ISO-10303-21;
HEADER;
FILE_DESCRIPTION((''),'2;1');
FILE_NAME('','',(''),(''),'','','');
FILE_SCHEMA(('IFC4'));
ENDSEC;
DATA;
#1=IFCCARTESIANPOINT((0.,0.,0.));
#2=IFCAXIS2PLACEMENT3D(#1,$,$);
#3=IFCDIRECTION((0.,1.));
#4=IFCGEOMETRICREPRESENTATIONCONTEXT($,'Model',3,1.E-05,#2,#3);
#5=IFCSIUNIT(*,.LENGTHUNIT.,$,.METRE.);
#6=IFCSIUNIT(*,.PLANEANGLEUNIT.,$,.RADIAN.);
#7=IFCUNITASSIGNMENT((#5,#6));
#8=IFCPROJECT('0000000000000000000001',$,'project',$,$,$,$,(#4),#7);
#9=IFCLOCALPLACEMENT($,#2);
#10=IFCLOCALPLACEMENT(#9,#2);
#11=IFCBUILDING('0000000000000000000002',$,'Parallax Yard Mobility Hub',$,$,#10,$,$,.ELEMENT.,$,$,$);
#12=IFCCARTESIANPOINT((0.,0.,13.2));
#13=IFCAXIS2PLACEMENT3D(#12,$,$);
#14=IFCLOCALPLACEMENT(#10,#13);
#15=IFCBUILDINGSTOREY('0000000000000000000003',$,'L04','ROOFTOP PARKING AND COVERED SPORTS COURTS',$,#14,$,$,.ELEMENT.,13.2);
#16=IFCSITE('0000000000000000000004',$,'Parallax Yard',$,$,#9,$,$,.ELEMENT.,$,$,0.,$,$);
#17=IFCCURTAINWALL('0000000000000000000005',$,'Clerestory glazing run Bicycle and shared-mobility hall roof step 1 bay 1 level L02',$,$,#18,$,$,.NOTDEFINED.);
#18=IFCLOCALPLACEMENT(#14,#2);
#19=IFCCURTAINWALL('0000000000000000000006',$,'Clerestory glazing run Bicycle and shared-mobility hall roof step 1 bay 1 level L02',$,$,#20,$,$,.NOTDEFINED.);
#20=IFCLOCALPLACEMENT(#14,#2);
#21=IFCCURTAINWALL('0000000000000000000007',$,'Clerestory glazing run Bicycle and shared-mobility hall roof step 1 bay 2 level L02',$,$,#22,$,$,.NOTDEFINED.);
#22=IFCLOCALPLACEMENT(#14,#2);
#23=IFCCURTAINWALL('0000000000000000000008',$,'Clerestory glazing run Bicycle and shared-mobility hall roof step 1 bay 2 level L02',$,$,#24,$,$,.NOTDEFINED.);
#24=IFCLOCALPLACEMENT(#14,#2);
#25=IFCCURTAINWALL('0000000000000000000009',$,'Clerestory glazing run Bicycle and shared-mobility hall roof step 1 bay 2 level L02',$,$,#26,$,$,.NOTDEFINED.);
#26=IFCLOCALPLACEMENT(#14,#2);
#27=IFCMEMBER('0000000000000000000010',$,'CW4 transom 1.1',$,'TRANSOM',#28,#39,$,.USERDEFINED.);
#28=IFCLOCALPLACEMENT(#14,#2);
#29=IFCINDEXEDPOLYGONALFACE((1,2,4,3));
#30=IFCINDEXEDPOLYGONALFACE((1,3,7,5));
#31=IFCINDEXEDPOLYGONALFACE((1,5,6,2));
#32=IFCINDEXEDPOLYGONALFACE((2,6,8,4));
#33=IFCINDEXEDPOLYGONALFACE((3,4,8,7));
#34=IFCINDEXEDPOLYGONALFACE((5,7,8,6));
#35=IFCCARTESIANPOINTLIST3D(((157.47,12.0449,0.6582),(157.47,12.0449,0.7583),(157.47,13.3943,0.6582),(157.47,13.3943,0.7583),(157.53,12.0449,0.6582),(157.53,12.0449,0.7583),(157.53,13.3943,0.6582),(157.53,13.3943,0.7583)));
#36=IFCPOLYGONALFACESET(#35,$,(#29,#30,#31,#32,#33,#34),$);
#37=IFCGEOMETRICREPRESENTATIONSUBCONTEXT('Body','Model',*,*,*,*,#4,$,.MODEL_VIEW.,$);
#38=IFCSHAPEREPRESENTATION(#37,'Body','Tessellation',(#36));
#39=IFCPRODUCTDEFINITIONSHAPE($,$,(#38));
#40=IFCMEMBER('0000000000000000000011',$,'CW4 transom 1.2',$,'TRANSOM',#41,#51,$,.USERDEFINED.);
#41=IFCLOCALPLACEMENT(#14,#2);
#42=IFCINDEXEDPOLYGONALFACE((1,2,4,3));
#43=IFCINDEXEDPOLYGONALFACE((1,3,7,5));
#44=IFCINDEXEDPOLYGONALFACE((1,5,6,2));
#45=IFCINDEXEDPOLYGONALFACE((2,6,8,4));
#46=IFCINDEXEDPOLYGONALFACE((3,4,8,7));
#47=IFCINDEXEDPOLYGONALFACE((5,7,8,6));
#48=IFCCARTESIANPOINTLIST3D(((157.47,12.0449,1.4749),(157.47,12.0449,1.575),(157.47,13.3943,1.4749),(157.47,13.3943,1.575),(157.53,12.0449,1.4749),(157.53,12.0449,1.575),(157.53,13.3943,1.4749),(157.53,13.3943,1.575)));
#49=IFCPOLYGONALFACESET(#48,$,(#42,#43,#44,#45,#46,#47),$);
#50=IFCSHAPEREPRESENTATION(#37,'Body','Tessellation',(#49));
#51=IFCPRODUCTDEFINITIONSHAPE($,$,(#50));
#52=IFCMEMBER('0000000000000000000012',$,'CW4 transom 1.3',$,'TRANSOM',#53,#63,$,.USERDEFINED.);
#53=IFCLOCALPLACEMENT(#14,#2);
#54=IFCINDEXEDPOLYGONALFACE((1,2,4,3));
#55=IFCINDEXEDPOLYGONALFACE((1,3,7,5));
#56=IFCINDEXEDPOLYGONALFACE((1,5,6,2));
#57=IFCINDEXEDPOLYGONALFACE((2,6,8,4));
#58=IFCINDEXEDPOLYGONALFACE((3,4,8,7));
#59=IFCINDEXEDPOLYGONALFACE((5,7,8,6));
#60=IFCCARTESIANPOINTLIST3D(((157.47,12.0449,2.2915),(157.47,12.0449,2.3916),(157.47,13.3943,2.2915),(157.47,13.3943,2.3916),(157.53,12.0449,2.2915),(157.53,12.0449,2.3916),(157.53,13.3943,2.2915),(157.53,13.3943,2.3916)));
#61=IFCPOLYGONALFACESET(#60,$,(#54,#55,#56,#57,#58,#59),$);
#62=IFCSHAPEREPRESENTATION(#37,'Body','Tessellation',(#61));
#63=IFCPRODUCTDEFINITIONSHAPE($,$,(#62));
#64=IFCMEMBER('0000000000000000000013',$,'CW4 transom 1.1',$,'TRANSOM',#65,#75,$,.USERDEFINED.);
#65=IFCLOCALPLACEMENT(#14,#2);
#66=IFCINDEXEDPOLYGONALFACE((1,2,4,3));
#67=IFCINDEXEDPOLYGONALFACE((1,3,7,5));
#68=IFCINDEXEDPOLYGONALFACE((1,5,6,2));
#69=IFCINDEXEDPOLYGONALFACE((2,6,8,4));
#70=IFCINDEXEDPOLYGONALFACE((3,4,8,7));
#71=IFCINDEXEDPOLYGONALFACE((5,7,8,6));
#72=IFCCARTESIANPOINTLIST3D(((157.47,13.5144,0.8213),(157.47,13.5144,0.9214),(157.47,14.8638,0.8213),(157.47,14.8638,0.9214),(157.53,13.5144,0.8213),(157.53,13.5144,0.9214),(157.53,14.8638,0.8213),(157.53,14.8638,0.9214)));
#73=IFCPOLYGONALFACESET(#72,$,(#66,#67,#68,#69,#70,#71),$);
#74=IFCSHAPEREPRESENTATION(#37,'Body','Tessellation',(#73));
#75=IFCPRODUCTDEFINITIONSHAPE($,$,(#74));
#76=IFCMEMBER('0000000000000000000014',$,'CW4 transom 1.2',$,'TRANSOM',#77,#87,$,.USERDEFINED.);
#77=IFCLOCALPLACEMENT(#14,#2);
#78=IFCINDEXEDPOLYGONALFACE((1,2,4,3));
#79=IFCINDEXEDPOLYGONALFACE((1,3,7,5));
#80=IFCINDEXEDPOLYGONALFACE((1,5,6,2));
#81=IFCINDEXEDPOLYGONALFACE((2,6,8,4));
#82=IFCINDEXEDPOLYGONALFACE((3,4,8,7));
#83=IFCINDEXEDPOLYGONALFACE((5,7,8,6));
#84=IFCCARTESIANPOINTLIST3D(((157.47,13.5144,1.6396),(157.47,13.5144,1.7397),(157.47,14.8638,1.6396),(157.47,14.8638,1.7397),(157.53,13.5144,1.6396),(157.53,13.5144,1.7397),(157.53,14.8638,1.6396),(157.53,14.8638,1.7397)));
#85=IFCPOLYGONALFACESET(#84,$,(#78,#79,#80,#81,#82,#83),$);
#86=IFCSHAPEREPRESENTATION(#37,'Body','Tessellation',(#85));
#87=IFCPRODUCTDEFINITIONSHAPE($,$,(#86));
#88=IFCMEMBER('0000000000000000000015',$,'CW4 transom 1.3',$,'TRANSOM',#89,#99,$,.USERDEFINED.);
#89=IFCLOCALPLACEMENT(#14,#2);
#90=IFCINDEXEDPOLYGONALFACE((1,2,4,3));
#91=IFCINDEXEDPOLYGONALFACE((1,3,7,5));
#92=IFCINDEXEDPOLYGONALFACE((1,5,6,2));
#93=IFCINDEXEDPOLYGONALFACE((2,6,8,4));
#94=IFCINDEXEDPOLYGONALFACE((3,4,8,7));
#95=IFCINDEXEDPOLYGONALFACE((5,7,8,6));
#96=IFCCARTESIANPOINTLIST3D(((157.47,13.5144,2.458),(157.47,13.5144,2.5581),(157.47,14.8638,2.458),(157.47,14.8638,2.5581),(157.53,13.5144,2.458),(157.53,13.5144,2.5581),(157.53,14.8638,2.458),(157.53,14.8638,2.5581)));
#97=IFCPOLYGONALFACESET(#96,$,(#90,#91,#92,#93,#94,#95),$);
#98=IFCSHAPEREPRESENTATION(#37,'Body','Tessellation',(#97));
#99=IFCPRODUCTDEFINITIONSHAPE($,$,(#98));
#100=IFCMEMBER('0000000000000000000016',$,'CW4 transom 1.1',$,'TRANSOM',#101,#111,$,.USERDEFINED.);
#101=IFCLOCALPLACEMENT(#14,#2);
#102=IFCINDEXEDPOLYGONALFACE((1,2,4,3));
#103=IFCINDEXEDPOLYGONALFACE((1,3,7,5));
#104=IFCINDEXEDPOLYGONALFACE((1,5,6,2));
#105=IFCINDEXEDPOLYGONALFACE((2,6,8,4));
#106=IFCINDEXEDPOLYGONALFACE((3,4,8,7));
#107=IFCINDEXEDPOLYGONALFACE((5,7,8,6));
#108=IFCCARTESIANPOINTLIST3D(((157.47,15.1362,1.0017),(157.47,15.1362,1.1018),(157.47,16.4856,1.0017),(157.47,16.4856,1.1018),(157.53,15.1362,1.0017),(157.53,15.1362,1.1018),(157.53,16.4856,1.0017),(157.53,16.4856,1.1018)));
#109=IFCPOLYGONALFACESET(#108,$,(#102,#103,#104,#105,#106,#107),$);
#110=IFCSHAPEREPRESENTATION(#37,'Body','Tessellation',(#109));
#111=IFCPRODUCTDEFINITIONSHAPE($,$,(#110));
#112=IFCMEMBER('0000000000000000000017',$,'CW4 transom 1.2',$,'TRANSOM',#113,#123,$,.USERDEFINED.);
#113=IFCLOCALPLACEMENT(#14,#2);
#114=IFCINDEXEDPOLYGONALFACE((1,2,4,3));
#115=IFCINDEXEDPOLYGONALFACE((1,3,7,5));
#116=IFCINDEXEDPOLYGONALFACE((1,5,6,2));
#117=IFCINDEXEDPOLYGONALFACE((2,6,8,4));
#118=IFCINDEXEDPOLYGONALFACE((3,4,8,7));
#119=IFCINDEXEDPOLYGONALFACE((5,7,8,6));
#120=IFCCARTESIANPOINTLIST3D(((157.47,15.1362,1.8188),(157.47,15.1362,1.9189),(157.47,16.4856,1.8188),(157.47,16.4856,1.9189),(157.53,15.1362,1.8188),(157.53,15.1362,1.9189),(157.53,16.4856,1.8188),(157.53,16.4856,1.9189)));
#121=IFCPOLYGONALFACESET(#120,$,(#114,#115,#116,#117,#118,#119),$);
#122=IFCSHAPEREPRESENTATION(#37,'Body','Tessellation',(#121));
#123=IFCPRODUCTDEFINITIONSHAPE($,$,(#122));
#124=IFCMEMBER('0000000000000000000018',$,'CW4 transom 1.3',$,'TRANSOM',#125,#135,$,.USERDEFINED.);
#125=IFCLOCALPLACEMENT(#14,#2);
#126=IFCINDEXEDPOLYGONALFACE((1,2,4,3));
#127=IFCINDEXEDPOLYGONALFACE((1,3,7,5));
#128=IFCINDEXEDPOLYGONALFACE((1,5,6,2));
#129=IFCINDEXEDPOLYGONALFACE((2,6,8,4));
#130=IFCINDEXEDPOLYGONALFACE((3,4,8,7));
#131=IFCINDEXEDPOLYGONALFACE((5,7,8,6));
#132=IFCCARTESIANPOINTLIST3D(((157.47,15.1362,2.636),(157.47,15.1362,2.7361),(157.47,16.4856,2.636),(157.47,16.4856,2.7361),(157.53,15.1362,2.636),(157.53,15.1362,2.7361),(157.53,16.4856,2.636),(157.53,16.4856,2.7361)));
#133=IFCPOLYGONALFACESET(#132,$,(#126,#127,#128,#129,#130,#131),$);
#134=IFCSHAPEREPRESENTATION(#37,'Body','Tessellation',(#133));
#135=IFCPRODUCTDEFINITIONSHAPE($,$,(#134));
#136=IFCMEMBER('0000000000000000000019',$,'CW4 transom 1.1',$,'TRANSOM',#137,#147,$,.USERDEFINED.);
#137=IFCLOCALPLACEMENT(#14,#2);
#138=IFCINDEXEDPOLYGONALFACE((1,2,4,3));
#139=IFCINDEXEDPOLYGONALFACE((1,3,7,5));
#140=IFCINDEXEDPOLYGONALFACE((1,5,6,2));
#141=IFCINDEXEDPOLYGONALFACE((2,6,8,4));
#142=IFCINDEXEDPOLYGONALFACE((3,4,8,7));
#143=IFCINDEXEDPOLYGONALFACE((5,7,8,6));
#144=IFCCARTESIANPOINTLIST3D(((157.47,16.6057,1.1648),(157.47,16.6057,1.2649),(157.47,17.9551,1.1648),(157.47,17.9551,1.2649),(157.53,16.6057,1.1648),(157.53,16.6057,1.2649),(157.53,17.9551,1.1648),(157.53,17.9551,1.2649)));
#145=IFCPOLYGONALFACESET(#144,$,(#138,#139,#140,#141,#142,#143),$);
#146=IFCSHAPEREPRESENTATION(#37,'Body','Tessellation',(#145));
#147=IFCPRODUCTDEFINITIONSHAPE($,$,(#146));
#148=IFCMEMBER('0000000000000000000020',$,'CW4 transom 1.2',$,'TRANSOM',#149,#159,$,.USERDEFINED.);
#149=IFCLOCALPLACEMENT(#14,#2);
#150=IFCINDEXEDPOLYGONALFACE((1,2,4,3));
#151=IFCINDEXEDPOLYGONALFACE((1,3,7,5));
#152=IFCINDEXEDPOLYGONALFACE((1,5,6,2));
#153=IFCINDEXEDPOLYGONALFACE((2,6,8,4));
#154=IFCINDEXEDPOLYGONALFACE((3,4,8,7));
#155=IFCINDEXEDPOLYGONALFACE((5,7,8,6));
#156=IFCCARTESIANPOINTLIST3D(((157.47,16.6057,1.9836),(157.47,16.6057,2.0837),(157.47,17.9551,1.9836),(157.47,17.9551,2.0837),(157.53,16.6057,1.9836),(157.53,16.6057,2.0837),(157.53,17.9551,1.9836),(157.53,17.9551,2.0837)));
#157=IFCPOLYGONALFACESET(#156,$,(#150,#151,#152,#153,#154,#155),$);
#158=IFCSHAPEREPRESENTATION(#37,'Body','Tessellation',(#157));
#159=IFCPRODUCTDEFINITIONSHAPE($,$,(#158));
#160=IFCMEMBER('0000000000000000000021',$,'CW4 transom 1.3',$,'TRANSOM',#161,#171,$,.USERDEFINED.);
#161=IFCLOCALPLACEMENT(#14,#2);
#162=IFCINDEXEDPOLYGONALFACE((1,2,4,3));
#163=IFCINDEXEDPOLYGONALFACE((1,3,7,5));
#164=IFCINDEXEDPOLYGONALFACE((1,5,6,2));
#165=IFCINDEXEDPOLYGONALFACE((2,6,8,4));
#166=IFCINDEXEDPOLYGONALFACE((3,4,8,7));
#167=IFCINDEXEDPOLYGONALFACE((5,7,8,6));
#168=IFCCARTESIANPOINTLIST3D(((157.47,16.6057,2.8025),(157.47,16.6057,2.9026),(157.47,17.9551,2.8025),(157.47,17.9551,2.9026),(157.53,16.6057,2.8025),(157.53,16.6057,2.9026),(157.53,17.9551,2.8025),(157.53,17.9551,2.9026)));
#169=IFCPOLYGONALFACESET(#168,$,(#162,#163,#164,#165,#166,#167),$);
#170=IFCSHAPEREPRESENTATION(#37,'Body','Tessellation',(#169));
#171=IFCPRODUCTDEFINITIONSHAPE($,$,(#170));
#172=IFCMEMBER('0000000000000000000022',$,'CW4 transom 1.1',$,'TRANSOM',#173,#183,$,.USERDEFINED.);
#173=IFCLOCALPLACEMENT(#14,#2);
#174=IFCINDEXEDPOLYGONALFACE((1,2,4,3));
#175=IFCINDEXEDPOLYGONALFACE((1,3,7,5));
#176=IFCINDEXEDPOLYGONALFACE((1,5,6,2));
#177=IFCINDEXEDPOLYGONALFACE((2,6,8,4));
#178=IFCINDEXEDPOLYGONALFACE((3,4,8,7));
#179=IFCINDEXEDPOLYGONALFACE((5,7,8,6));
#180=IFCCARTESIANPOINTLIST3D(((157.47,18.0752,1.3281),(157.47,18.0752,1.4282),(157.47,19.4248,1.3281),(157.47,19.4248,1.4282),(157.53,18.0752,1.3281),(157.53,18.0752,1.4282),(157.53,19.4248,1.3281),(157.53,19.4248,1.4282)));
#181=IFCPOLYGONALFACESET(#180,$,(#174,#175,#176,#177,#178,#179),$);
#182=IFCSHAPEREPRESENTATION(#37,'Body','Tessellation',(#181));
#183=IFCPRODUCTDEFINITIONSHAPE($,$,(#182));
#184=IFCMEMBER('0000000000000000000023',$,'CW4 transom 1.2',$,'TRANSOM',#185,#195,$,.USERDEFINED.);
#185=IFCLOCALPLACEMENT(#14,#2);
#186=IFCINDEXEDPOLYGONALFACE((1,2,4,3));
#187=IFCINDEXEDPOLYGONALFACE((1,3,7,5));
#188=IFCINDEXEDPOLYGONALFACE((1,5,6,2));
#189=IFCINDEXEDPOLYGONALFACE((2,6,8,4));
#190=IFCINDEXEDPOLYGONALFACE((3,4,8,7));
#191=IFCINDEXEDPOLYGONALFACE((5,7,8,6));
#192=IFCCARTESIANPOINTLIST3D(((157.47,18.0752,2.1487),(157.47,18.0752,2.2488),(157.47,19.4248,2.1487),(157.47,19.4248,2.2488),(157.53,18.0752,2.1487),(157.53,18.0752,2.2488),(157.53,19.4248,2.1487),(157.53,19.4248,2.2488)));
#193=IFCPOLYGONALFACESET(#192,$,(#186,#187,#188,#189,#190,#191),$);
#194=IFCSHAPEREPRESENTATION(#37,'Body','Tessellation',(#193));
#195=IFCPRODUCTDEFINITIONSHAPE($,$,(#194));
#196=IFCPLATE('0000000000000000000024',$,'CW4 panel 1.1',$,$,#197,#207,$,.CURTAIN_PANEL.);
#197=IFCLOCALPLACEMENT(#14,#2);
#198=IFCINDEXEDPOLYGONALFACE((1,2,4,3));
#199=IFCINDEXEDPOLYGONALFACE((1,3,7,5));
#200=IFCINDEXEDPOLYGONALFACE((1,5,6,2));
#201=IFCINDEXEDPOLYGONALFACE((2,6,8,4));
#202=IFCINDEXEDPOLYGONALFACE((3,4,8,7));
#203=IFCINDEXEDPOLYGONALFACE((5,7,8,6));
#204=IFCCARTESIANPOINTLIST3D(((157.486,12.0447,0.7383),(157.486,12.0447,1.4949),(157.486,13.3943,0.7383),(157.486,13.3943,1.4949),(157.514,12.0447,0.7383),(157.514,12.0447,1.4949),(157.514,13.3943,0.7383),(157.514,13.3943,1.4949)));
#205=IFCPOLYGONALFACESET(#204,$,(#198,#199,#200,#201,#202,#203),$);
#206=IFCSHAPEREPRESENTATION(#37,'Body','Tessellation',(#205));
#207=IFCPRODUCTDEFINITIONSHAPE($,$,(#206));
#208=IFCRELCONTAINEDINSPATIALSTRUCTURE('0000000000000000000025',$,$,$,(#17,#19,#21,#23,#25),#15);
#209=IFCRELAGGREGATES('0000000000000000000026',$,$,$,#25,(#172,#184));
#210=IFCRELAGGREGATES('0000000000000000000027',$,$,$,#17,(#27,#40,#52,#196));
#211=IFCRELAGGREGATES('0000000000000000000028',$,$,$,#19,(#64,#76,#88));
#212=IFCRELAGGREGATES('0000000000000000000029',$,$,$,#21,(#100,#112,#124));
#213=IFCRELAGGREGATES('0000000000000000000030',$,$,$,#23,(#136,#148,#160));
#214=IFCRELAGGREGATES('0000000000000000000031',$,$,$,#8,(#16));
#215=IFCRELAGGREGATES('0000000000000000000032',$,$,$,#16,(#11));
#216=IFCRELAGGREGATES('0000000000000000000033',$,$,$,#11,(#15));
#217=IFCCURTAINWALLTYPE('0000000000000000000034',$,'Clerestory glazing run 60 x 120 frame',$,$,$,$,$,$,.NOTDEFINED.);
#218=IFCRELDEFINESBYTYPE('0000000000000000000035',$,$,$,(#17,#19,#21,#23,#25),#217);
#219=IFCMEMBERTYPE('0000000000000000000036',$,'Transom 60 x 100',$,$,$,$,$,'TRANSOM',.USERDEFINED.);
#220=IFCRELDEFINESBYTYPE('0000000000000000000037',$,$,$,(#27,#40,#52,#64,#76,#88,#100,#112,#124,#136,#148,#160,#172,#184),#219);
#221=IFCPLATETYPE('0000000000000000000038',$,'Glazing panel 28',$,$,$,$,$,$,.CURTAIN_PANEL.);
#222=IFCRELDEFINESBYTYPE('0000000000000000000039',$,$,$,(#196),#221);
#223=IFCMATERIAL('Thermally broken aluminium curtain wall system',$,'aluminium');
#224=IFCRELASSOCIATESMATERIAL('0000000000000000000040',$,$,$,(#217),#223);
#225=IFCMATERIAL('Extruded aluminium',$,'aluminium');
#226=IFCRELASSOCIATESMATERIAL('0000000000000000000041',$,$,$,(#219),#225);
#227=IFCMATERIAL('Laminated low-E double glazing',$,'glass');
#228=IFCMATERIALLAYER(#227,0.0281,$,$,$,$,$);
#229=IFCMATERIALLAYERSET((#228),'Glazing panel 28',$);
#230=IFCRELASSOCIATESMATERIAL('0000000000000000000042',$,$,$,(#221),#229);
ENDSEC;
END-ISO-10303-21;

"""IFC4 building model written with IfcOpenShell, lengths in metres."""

from ifc_helpers import new_model, si_unit, direction, frame, origin, origin_2d, place, context, subcontext, project, spatial, rectangle, extrude, material, layer, layer_set, material_profile, profile_set, type_object, element, aggregate, save


model = new_model("IFC4")

# Units and contexts
model_context = context("Model", 3, precision=1e-05, world=origin(), true_north=direction((0.0, 1.0)))
body_context = subcontext(model_context, "Body", "Model", "MODEL_VIEW")
ifc_project = project(units=[si_unit("LENGTHUNIT", "METRE"), si_unit("PLANEANGLEUNIT", "RADIAN")], contexts=[model_context])

# Site, building, storey
site_placement = place(None, origin())
site = spatial("IfcSite", under=ifc_project, at=site_placement, Name="Parallax Yard", CompositionType="ELEMENT", RefElevation=0.0)
building_placement = place(site_placement, origin())
building = spatial("IfcBuilding", under=site, at=building_placement, Name="Parallax Yard Mobility Hub", CompositionType="ELEMENT")
storey_placement = place(building_placement, frame((0.0, 0.0, 13.2)))
storey = spatial("IfcBuildingStorey", under=building, at=storey_placement, Name="L04", Description="ROOFTOP PARKING AND COVERED SPORTS COURTS", CompositionType="ELEMENT", Elevation=13.2)

# Curtain wall
ifc_material_1 = material(Name="Thermally broken aluminium curtain wall system", Category="aluminium")
curtain_wall_type = type_object("IfcCurtainWallType", Name="Clerestory glazing run 60 x 120 frame", PredefinedType="NOTDEFINED", material=ifc_material_1)
curtain_wall_1_placement = place(storey_placement, origin())
curtain_wall_1 = element("IfcCurtainWall", 1, at=curtain_wall_1_placement, inside=storey, type_object=curtain_wall_type, Name="Clerestory glazing run Bicycle and shared-mobility hall roof step 1 bay 1 level L02", PredefinedType="NOTDEFINED")
ifc_material_2 = material(Name="Extruded aluminium", Category="aluminium")

# Curtain walls
curtain_wall_2_placement = place(storey_placement, origin())
curtain_wall_2 = element("IfcCurtainWall", 2, at=curtain_wall_2_placement, inside=storey, type_object=curtain_wall_type, Name="Clerestory glazing run Bicycle and shared-mobility hall roof step 1 bay 1 level L02", PredefinedType="NOTDEFINED")
curtain_wall_3_placement = place(storey_placement, origin())
curtain_wall_3 = element("IfcCurtainWall", 3, at=curtain_wall_3_placement, inside=storey, type_object=curtain_wall_type, Name="Clerestory glazing run Bicycle and shared-mobility hall roof step 1 bay 2 level L02", PredefinedType="NOTDEFINED")

# Curtain wall
curtain_wall_4_placement = place(storey_placement, origin())
curtain_wall_4 = element("IfcCurtainWall", 4, at=curtain_wall_4_placement, inside=storey, type_object=curtain_wall_type, Name="Clerestory glazing run Bicycle and shared-mobility hall roof step 1 bay 2 level L02", PredefinedType="NOTDEFINED")

# Curtain wall
curtain_wall_5_placement = place(storey_placement, origin())
curtain_wall_5 = element("IfcCurtainWall", 5, at=curtain_wall_5_placement, inside=storey, type_object=curtain_wall_type, Name="Clerestory glazing run Bicycle and shared-mobility hall roof step 1 bay 2 level L02", PredefinedType="NOTDEFINED")

# Members
ifc_material_profile_1 = material_profile(ifc_material_2, rectangle(XDim=0.0601, YDim=0.1001, at=origin_2d()), Name="Transom 60 x 100")
ifc_profile_set_1 = profile_set([ifc_material_profile_1], Name="Extruded aluminium")
member_type_1 = type_object("IfcMemberType", Name="Transom 60 x 100", ElementType="TRANSOM", PredefinedType="USERDEFINED", material=ifc_profile_set_1)
member_1_placement = place(storey_placement, frame((157.5, 12.0449, 0.7083), z_axis=(0.0, 1.0, 0.0), x_axis=(-1.0, 0.0, 0.0)))
member_1 = element("IfcMember", 6, at=member_1_placement, type_object=member_type_1, Name="CW4 transom 1.1", ObjectType="TRANSOM", PredefinedType="USERDEFINED", context=body_context, shape_type="SweptSolid", body=[
    extrude(rectangle(XDim=0.0601, YDim=0.1001, at=origin_2d()), origin(), (0.0, 0.0, 1.0), 1.3494),
])
member_2_placement = place(storey_placement, frame((157.5, 12.0449, 1.5249), z_axis=(0.0, 1.0, 0.0), x_axis=(-1.0, 0.0, 0.0)))
member_2 = element("IfcMember", 7, at=member_2_placement, type_object=member_type_1, Name="CW4 transom 1.2", ObjectType="TRANSOM", PredefinedType="USERDEFINED", context=body_context, shape_type="SweptSolid", body=[
    extrude(rectangle(XDim=0.0601, YDim=0.1001, at=origin_2d()), origin(), (0.0, 0.0, 1.0), 1.3494),
])
member_3_placement = place(storey_placement, frame((157.5, 12.0449, 2.3416), z_axis=(0.0, 1.0, 0.0), x_axis=(-1.0, 0.0, 0.0)))
member_3 = element("IfcMember", 8, at=member_3_placement, type_object=member_type_1, Name="CW4 transom 1.3", ObjectType="TRANSOM", PredefinedType="USERDEFINED", context=body_context, shape_type="SweptSolid", body=[
    extrude(rectangle(XDim=0.0601, YDim=0.1001, at=origin_2d()), origin(), (0.0, 0.0, 1.0), 1.3494),
])
member_4_placement = place(storey_placement, frame((157.5, 13.5144, 0.8713), z_axis=(0.0, 1.0, 0.0), x_axis=(-1.0, 0.0, 0.0)))
member_4 = element("IfcMember", 9, at=member_4_placement, type_object=member_type_1, Name="CW4 transom 1.1", ObjectType="TRANSOM", PredefinedType="USERDEFINED", context=body_context, shape_type="SweptSolid", body=[
    extrude(rectangle(XDim=0.0601, YDim=0.1001, at=origin_2d()), origin(), (0.0, 0.0, 1.0), 1.3494),
])
member_5_placement = place(storey_placement, frame((157.5, 13.5144, 1.6897), z_axis=(0.0, 1.0, 0.0), x_axis=(-1.0, 0.0, 0.0)))
member_5 = element("IfcMember", 10, at=member_5_placement, type_object=member_type_1, Name="CW4 transom 1.2", ObjectType="TRANSOM", PredefinedType="USERDEFINED", context=body_context, shape_type="SweptSolid", body=[
    extrude(rectangle(XDim=0.0601, YDim=0.1001, at=origin_2d()), origin(), (0.0, 0.0, 1.0), 1.3494),
])
member_6_placement = place(storey_placement, frame((157.5, 13.5144, 2.5081), z_axis=(0.0, 1.0, 0.0), x_axis=(-1.0, 0.0, 0.0)))
member_6 = element("IfcMember", 11, at=member_6_placement, type_object=member_type_1, Name="CW4 transom 1.3", ObjectType="TRANSOM", PredefinedType="USERDEFINED", context=body_context, shape_type="SweptSolid", body=[
    extrude(rectangle(XDim=0.0601, YDim=0.1001, at=origin_2d()), origin(), (0.0, 0.0, 1.0), 1.3494),
])
member_7_placement = place(storey_placement, frame((157.5, 15.1362, 1.0518), z_axis=(0.0, 1.0, 0.0), x_axis=(-1.0, 0.0, 0.0)))
member_7 = element("IfcMember", 12, at=member_7_placement, type_object=member_type_1, Name="CW4 transom 1.1", ObjectType="TRANSOM", PredefinedType="USERDEFINED", context=body_context, shape_type="SweptSolid", body=[
    extrude(rectangle(XDim=0.0601, YDim=0.1001, at=origin_2d()), origin(), (0.0, 0.0, 1.0), 1.3494),
])
member_8_placement = place(storey_placement, frame((157.5, 15.1362, 1.8689), z_axis=(0.0, 1.0, 0.0), x_axis=(-1.0, 0.0, 0.0)))
member_8 = element("IfcMember", 13, at=member_8_placement, type_object=member_type_1, Name="CW4 transom 1.2", ObjectType="TRANSOM", PredefinedType="USERDEFINED", context=body_context, shape_type="SweptSolid", body=[
    extrude(rectangle(XDim=0.0601, YDim=0.1001, at=origin_2d()), origin(), (0.0, 0.0, 1.0), 1.3494),
])
member_9_placement = place(storey_placement, frame((157.5, 15.1362, 2.686), z_axis=(0.0, 1.0, 0.0), x_axis=(-1.0, 0.0, 0.0)))
member_9 = element("IfcMember", 14, at=member_9_placement, type_object=member_type_1, Name="CW4 transom 1.3", ObjectType="TRANSOM", PredefinedType="USERDEFINED", context=body_context, shape_type="SweptSolid", body=[
    extrude(rectangle(XDim=0.0601, YDim=0.1001, at=origin_2d()), origin(), (0.0, 0.0, 1.0), 1.3494),
])
member_10_placement = place(storey_placement, frame((157.5, 16.6057, 1.2148), z_axis=(0.0, 1.0, 0.0), x_axis=(-1.0, 0.0, 0.0)))
member_10 = element("IfcMember", 15, at=member_10_placement, type_object=member_type_1, Name="CW4 transom 1.1", ObjectType="TRANSOM", PredefinedType="USERDEFINED", context=body_context, shape_type="SweptSolid", body=[
    extrude(rectangle(XDim=0.0601, YDim=0.1001, at=origin_2d()), origin(), (0.0, 0.0, 1.0), 1.3494),
])
member_11_placement = place(storey_placement, frame((157.5, 16.6057, 2.0337), z_axis=(0.0, 1.0, 0.0), x_axis=(-1.0, 0.0, 0.0)))
member_11 = element("IfcMember", 16, at=member_11_placement, type_object=member_type_1, Name="CW4 transom 1.2", ObjectType="TRANSOM", PredefinedType="USERDEFINED", context=body_context, shape_type="SweptSolid", body=[
    extrude(rectangle(XDim=0.0601, YDim=0.1001, at=origin_2d()), origin(), (0.0, 0.0, 1.0), 1.3494),
])
member_12_placement = place(storey_placement, frame((157.5, 16.6057, 2.8525), z_axis=(0.0, 1.0, 0.0), x_axis=(-1.0, 0.0, 0.0)))
member_12 = element("IfcMember", 17, at=member_12_placement, type_object=member_type_1, Name="CW4 transom 1.3", ObjectType="TRANSOM", PredefinedType="USERDEFINED", context=body_context, shape_type="SweptSolid", body=[
    extrude(rectangle(XDim=0.0601, YDim=0.1001, at=origin_2d()), origin(), (0.0, 0.0, 1.0), 1.3494),
])
member_13_placement = place(storey_placement, frame((157.5, 18.0752, 1.3782), z_axis=(0.0, 1.0, 0.0), x_axis=(-1.0, 0.0, 0.0)))
member_13 = element("IfcMember", 18, at=member_13_placement, type_object=member_type_1, Name="CW4 transom 1.1", ObjectType="TRANSOM", PredefinedType="USERDEFINED", context=body_context, shape_type="SweptSolid", body=[
    extrude(rectangle(XDim=0.0601, YDim=0.1001, at=origin_2d()), origin(), (0.0, 0.0, 1.0), 1.3496),
])
member_14_placement = place(storey_placement, frame((157.5, 18.0752, 2.1987), z_axis=(0.0, 1.0, 0.0), x_axis=(-1.0, 0.0, 0.0)))
member_14 = element("IfcMember", 19, at=member_14_placement, type_object=member_type_1, Name="CW4 transom 1.2", ObjectType="TRANSOM", PredefinedType="USERDEFINED", context=body_context, shape_type="SweptSolid", body=[
    extrude(rectangle(XDim=0.0601, YDim=0.1001, at=origin_2d()), origin(), (0.0, 0.0, 1.0), 1.3496),
])
aggregate(curtain_wall_5, [member_13, member_14])

# Plate
ifc_material_3 = material(Name="Laminated low-E double glazing", Category="glass")
ifc_layer = layer(ifc_material_3, 0.0281)
ifc_layer_set = layer_set([ifc_layer], Name="Glazing panel 28")
plate_type = type_object("IfcPlateType", Name="Glazing panel 28", PredefinedType="CURTAIN_PANEL", material=ifc_layer_set)
plate_1_placement = place(storey_placement, frame((157.5, 12.7195, 0.7383), z_axis=(0.0, 0.0, 1.0), x_axis=(0.0, 1.0, 0.0)))
plate_1 = element("IfcPlate", 20, at=plate_1_placement, type_object=plate_type, Name="CW4 panel 1.1", PredefinedType="CURTAIN_PANEL", context=body_context, shape_type="SweptSolid", body=[
    extrude(rectangle(XDim=1.3496, YDim=0.0281, at=origin_2d()), origin(), (0.0, 0.0, 1.0), 0.7566),
])
aggregate(curtain_wall_1, [member_1, member_2, member_3, plate_1])
aggregate(curtain_wall_2, [member_4, member_5, member_6])
aggregate(curtain_wall_3, [member_7, member_8, member_9])
aggregate(curtain_wall_4, [member_10, member_11, member_12])

save(model, "model.ifc")
